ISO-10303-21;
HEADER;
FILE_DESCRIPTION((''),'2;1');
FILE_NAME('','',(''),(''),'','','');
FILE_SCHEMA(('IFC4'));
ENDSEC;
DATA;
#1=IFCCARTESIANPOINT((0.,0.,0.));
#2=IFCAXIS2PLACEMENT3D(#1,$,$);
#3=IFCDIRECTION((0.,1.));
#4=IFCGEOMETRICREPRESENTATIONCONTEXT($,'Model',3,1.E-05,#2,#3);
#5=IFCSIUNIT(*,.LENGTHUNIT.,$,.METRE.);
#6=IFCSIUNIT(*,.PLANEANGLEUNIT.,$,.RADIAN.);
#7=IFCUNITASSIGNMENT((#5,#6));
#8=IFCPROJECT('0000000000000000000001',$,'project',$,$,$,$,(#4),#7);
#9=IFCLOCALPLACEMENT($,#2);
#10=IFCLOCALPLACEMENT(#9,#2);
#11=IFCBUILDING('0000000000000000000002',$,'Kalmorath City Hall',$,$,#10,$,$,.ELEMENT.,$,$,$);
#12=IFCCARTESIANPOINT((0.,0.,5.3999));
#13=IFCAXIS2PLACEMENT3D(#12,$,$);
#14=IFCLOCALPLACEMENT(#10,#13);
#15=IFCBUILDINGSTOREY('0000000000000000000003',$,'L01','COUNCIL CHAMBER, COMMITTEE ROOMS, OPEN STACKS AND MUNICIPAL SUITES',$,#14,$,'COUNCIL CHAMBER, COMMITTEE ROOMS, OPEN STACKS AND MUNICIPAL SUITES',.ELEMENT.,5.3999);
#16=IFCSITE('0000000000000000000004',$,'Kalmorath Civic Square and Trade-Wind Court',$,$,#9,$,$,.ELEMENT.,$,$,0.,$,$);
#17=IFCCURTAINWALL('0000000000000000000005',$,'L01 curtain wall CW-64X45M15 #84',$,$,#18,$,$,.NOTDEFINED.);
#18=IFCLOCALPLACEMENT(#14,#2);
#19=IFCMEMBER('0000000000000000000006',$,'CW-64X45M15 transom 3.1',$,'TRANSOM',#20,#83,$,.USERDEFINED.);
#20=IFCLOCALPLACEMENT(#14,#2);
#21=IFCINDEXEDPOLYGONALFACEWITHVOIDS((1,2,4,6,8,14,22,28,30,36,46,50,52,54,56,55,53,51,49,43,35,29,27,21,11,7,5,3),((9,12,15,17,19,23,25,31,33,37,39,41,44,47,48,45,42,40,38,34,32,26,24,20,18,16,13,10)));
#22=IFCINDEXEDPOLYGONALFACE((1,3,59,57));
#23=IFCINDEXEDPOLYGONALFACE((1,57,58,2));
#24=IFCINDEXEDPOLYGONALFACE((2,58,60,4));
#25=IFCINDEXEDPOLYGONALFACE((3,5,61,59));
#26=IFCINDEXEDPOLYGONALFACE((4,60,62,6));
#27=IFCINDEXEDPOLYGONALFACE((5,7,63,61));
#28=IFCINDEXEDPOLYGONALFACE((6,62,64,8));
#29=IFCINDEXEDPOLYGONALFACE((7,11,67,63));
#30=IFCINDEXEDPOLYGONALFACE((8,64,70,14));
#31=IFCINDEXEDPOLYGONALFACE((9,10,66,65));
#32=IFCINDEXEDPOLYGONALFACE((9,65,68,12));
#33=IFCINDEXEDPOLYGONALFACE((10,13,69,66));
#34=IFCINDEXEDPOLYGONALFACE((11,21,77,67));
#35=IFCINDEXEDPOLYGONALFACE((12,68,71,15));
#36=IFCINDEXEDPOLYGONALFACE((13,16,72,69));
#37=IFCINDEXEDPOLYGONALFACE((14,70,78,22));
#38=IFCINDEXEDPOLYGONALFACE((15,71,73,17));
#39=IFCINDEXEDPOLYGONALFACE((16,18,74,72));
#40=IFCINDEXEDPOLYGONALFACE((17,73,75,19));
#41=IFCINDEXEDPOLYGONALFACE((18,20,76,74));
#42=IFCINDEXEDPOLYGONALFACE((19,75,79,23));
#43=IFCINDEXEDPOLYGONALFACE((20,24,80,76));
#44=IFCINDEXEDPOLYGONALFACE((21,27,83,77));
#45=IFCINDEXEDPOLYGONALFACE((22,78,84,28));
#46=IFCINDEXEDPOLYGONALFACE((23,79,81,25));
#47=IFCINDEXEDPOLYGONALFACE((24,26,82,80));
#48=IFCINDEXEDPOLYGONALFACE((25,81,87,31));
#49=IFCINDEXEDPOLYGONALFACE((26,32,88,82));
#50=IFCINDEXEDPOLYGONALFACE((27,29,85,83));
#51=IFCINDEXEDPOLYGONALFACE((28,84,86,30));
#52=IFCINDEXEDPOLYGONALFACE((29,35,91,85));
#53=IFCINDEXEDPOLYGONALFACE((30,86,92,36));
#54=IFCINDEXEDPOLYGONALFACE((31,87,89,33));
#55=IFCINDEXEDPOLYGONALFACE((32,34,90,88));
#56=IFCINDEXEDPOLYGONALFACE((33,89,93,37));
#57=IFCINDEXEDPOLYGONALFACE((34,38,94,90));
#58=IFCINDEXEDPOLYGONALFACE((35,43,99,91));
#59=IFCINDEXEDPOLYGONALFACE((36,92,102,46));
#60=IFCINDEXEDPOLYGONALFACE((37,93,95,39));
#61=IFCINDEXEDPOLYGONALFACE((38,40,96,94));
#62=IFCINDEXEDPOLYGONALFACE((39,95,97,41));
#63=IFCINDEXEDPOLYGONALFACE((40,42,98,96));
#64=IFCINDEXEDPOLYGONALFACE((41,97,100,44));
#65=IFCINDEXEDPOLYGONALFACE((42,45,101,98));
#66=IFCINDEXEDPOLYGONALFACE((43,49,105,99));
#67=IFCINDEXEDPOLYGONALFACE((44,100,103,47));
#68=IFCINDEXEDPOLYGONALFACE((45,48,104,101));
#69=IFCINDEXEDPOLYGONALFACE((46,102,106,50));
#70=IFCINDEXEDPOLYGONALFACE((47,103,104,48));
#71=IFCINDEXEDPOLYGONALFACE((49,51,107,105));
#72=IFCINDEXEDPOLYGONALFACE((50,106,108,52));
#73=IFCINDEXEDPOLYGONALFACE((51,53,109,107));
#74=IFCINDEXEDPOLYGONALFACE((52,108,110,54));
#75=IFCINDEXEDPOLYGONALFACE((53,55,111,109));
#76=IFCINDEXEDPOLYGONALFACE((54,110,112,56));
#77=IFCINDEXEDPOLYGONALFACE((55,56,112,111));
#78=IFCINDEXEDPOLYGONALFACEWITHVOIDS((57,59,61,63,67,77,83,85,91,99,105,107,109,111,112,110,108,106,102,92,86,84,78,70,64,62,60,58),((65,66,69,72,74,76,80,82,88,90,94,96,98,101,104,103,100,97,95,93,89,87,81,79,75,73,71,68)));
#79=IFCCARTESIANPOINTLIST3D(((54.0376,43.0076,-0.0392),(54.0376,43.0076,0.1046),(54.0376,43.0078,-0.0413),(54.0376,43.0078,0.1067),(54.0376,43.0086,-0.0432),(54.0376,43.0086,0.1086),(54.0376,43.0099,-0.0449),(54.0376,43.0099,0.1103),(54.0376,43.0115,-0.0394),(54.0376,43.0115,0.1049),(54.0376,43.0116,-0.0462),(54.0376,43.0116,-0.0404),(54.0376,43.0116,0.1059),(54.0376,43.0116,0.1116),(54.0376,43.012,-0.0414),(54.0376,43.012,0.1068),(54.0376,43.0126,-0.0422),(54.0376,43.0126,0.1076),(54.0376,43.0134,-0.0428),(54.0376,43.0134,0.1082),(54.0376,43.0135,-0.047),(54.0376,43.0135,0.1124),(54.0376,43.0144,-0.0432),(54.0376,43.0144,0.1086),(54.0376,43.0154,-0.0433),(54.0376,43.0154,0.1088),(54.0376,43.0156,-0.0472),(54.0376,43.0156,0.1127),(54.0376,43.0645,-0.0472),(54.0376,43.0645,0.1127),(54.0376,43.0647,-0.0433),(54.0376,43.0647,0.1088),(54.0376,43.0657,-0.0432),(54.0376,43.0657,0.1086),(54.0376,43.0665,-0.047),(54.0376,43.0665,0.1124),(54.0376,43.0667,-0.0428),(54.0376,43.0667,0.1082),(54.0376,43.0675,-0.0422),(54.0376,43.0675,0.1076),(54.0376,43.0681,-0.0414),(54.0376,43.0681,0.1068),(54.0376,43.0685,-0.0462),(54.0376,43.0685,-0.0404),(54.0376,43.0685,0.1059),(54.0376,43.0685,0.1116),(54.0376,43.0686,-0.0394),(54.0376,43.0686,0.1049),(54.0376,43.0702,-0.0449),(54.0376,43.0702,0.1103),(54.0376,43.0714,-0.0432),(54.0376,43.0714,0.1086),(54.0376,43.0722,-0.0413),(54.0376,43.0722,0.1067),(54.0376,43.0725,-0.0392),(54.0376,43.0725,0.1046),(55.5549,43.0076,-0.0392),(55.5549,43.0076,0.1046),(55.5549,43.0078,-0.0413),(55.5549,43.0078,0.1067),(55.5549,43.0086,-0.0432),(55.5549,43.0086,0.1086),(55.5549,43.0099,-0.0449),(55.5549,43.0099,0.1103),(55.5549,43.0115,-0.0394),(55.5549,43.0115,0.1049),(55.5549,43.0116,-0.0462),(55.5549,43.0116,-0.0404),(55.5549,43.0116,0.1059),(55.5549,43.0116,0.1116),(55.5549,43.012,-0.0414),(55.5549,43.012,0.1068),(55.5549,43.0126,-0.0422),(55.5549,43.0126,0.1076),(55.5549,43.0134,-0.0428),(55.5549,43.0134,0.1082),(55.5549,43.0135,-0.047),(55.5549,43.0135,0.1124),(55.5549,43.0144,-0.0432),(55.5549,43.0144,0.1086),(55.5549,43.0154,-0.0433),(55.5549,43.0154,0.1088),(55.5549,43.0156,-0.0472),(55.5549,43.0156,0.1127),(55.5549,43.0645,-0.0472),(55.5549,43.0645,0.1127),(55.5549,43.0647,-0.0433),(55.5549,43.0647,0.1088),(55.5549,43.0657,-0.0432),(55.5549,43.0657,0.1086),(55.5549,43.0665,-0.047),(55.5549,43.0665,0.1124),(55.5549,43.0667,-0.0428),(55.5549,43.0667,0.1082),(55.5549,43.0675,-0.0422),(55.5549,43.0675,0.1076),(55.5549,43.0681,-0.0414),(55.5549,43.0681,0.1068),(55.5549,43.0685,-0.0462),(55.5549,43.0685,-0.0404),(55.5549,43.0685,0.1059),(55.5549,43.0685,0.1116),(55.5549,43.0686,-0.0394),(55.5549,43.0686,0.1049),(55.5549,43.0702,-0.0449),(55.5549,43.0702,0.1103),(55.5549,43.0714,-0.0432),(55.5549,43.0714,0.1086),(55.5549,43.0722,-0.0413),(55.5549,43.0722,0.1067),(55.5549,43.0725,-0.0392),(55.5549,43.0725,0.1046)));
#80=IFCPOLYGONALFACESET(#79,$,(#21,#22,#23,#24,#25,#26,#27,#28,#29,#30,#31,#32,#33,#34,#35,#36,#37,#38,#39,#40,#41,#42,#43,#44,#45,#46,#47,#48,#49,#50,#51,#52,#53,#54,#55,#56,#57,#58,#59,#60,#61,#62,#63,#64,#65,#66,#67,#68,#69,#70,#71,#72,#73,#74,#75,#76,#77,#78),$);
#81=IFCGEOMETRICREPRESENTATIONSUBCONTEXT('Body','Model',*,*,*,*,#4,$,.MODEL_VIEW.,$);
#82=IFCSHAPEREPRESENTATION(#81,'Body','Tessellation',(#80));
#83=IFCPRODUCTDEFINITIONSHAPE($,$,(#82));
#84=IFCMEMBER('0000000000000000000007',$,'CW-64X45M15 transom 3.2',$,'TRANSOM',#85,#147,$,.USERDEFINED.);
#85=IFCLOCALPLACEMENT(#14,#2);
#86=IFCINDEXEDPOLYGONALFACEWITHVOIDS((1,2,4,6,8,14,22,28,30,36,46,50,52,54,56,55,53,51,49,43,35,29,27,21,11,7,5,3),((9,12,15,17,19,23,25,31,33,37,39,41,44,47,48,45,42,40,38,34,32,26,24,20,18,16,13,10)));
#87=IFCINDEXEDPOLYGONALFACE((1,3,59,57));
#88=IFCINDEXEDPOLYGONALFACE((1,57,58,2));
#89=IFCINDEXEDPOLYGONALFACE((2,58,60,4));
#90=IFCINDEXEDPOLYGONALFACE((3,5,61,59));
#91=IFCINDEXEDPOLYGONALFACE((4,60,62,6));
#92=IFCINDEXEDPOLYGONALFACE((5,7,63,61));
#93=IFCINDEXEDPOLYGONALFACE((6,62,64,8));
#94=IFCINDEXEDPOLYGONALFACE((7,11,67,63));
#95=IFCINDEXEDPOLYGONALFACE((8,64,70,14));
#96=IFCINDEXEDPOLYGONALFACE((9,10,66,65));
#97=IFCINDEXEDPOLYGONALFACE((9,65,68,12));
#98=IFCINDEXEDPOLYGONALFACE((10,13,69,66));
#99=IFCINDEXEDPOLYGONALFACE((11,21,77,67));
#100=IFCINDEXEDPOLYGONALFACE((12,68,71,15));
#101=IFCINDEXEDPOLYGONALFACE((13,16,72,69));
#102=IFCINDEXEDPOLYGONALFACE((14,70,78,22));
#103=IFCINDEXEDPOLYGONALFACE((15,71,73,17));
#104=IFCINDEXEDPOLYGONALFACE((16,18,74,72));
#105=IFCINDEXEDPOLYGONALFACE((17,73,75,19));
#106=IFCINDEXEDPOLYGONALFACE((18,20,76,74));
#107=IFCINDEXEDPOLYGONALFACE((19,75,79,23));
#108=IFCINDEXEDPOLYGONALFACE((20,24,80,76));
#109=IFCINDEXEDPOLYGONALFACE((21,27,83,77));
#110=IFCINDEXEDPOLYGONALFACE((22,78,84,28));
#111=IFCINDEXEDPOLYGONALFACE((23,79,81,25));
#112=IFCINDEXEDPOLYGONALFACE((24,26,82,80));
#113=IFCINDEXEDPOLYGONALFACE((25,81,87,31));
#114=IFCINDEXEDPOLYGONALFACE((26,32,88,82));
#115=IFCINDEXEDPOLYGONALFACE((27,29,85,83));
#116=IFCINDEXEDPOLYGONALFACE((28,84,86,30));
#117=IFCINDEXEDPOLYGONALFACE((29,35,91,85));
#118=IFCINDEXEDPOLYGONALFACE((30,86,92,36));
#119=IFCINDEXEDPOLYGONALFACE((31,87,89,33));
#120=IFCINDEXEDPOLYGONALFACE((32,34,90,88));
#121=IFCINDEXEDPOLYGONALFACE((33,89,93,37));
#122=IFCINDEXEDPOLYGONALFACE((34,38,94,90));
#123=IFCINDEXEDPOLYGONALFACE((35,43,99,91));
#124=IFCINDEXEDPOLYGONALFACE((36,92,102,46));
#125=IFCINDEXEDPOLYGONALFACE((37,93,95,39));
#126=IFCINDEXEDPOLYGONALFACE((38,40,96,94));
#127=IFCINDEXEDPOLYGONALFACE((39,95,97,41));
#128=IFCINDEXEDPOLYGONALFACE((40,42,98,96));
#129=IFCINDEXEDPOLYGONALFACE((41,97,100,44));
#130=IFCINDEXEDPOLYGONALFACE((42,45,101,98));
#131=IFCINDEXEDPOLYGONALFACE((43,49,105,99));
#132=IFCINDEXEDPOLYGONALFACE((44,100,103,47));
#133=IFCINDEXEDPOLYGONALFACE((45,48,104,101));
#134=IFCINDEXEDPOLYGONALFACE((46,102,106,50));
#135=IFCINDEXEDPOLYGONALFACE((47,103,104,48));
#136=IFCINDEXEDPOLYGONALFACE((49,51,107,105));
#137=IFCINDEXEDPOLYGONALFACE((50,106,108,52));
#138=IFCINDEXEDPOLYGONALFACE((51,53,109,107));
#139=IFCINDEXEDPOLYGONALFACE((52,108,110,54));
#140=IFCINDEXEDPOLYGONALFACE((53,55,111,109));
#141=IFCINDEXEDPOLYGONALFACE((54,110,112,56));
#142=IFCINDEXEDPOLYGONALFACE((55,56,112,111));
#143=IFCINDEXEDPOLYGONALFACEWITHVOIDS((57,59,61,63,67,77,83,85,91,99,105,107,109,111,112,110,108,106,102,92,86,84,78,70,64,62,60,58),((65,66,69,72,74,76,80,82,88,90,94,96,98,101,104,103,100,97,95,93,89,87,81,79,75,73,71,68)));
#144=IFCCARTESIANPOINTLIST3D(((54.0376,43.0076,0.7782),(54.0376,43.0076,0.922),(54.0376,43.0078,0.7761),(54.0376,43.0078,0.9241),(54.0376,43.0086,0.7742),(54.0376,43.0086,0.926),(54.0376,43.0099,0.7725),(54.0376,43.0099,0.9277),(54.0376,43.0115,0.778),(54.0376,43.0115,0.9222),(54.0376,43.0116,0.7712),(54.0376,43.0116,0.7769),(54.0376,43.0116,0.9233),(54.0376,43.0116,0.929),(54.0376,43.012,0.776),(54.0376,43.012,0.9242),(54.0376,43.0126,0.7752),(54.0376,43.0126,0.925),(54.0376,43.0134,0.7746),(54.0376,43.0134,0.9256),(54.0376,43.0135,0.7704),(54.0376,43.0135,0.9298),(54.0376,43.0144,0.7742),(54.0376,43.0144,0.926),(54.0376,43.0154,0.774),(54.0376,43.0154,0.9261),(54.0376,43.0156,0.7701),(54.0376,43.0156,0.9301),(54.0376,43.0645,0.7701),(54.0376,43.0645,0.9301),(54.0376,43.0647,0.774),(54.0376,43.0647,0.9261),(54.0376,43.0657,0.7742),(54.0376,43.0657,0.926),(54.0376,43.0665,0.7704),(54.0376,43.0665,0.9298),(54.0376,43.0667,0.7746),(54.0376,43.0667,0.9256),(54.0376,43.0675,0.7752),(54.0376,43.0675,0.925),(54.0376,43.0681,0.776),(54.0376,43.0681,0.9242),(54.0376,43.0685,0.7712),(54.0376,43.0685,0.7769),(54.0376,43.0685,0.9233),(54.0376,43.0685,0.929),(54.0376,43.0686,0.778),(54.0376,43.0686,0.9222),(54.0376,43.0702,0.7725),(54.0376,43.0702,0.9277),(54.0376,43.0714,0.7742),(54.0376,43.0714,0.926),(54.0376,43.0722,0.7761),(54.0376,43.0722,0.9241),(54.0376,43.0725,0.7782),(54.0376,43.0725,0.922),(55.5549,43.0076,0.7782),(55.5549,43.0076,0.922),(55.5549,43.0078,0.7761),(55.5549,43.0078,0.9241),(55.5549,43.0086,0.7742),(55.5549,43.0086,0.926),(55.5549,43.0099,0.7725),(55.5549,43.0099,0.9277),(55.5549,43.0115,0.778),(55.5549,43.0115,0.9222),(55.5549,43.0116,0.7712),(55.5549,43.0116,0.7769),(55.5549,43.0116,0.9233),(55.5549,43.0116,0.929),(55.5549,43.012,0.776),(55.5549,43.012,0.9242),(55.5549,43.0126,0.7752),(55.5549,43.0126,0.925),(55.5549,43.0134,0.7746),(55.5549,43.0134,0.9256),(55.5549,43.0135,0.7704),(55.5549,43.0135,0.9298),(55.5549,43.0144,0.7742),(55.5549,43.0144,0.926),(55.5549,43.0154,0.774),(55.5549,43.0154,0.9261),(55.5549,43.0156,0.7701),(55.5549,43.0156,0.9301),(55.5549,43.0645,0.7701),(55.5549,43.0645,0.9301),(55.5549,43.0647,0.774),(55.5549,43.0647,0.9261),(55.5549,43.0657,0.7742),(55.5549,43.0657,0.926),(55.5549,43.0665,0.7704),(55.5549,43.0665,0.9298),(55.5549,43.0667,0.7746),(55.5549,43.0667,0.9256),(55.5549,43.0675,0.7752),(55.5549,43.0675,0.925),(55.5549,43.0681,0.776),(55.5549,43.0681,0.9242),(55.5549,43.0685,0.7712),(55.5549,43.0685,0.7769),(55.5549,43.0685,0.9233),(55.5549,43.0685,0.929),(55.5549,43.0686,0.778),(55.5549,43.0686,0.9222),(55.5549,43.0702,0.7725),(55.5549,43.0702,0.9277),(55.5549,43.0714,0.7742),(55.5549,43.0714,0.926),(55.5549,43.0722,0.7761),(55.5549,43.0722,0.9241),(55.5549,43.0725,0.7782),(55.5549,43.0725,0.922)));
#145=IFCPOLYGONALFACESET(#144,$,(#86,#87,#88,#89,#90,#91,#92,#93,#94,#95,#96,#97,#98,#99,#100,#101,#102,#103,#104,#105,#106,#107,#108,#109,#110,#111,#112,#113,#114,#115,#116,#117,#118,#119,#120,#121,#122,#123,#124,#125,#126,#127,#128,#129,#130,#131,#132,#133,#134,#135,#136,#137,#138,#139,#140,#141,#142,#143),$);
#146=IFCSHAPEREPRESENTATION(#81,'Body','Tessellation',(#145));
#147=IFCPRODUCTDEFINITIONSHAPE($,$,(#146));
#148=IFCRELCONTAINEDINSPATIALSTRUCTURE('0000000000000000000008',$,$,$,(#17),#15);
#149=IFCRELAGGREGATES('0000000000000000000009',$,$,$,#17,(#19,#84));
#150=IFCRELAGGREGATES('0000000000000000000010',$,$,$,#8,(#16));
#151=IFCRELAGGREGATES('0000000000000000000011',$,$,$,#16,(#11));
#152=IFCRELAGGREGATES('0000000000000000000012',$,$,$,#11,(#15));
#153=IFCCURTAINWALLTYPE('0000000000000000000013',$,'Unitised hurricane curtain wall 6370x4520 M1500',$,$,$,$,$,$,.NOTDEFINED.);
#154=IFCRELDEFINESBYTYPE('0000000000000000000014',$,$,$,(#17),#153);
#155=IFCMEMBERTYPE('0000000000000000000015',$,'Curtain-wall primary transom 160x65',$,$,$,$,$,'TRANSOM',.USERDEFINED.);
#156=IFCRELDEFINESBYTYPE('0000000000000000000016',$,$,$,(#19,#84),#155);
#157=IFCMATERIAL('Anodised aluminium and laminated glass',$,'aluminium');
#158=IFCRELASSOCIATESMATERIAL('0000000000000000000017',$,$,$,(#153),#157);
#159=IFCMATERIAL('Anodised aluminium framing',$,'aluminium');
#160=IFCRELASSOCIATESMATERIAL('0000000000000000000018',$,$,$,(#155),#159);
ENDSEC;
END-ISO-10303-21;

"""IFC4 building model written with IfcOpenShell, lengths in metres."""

from ifc_helpers import new_model, si_unit, direction, frame, origin, origin_2d, place, context, subcontext, project, spatial, hollow_rectangle, extrude, material, material_profile, profile_set, type_object, element, aggregate, save


model = new_model("IFC4")

# Units and contexts
model_context = context("Model", 3, precision=1e-05, world=origin(), true_north=direction((0.0, 1.0)))
body_context = subcontext(model_context, "Body", "Model", "MODEL_VIEW")
ifc_project = project(units=[si_unit("LENGTHUNIT", "METRE"), si_unit("PLANEANGLEUNIT", "RADIAN")], contexts=[model_context])

# Site, building, storey
site_placement = place(None, origin())
site = spatial("IfcSite", under=ifc_project, at=site_placement, Name="Kalmorath Civic Square and Trade-Wind Court", CompositionType="ELEMENT", RefElevation=0.0)
building_placement = place(site_placement, origin())
building = spatial("IfcBuilding", under=site, at=building_placement, Name="Kalmorath City Hall", CompositionType="ELEMENT")
storey_placement = place(building_placement, frame((0.0, 0.0, 5.3999)))
storey = spatial("IfcBuildingStorey", under=building, at=storey_placement, Name="L01", Description="COUNCIL CHAMBER, COMMITTEE ROOMS, OPEN STACKS AND MUNICIPAL SUITES", LongName="COUNCIL CHAMBER, COMMITTEE ROOMS, OPEN STACKS AND MUNICIPAL SUITES", CompositionType="ELEMENT", Elevation=5.3999)

# Curtain wall, members
ifc_material_1 = material(Name="Anodised aluminium and laminated glass", Category="aluminium")
curtain_wall_type_1 = type_object("IfcCurtainWallType", Name="Unitised hurricane curtain wall 6370x4520 M1500", PredefinedType="NOTDEFINED", material=ifc_material_1)
curtain_wall_1_placement = place(storey_placement, origin())
curtain_wall_1 = element("IfcCurtainWall", 1, at=curtain_wall_1_placement, inside=storey, type_object=curtain_wall_type_1, Name="L01 curtain wall CW-64X45M15 #84", PredefinedType="NOTDEFINED")
ifc_material_2 = material(Name="Anodised aluminium framing", Category="aluminium")
ifc_material_profile_1 = material_profile(ifc_material_2, hollow_rectangle(XDim=0.0649, YDim=0.1599, WallThickness=0.0039, InnerFilletRadius=0.0039, OuterFilletRadius=0.0081, at=origin_2d()), Name="ALU-TRN-160X65X4")
ifc_profile_set_1 = profile_set([ifc_material_profile_1], Name="Anodised aluminium framing")
member_type_1 = type_object("IfcMemberType", Name="Curtain-wall primary transom 160x65", ElementType="TRANSOM", PredefinedType="USERDEFINED", material=ifc_profile_set_1)
member_1_placement = place(storey_placement, frame((54.0376, 43.04, 0.0327), z_axis=(1.0, 0.0, 0.0), x_axis=(0.0, 1.0, 0.0)))
member_1 = element("IfcMember", 2, at=member_1_placement, type_object=member_type_1, Name="CW-64X45M15 transom 3.1", ObjectType="TRANSOM", PredefinedType="USERDEFINED", context=body_context, shape_type="SweptSolid", body=[
    extrude(hollow_rectangle(XDim=0.0649, YDim=0.1599, WallThickness=0.0039, InnerFilletRadius=0.0039, OuterFilletRadius=0.0081, at=origin_2d()), origin(), (0.0, 0.0, 1.0), 1.5173),
])
member_2_placement = place(storey_placement, frame((54.0376, 43.04, 0.8501), z_axis=(1.0, 0.0, 0.0), x_axis=(0.0, 1.0, 0.0)))
member_2 = element("IfcMember", 3, at=member_2_placement, type_object=member_type_1, Name="CW-64X45M15 transom 3.2", ObjectType="TRANSOM", PredefinedType="USERDEFINED", context=body_context, shape_type="SweptSolid", body=[
    extrude(hollow_rectangle(XDim=0.0649, YDim=0.1599, WallThickness=0.0039, InnerFilletRadius=0.0039, OuterFilletRadius=0.0081, at=origin_2d()), origin(), (0.0, 0.0, 1.0), 1.5173),
])

aggregate(curtain_wall_1, [member_1, member_2])

save(model, "model.ifc")
